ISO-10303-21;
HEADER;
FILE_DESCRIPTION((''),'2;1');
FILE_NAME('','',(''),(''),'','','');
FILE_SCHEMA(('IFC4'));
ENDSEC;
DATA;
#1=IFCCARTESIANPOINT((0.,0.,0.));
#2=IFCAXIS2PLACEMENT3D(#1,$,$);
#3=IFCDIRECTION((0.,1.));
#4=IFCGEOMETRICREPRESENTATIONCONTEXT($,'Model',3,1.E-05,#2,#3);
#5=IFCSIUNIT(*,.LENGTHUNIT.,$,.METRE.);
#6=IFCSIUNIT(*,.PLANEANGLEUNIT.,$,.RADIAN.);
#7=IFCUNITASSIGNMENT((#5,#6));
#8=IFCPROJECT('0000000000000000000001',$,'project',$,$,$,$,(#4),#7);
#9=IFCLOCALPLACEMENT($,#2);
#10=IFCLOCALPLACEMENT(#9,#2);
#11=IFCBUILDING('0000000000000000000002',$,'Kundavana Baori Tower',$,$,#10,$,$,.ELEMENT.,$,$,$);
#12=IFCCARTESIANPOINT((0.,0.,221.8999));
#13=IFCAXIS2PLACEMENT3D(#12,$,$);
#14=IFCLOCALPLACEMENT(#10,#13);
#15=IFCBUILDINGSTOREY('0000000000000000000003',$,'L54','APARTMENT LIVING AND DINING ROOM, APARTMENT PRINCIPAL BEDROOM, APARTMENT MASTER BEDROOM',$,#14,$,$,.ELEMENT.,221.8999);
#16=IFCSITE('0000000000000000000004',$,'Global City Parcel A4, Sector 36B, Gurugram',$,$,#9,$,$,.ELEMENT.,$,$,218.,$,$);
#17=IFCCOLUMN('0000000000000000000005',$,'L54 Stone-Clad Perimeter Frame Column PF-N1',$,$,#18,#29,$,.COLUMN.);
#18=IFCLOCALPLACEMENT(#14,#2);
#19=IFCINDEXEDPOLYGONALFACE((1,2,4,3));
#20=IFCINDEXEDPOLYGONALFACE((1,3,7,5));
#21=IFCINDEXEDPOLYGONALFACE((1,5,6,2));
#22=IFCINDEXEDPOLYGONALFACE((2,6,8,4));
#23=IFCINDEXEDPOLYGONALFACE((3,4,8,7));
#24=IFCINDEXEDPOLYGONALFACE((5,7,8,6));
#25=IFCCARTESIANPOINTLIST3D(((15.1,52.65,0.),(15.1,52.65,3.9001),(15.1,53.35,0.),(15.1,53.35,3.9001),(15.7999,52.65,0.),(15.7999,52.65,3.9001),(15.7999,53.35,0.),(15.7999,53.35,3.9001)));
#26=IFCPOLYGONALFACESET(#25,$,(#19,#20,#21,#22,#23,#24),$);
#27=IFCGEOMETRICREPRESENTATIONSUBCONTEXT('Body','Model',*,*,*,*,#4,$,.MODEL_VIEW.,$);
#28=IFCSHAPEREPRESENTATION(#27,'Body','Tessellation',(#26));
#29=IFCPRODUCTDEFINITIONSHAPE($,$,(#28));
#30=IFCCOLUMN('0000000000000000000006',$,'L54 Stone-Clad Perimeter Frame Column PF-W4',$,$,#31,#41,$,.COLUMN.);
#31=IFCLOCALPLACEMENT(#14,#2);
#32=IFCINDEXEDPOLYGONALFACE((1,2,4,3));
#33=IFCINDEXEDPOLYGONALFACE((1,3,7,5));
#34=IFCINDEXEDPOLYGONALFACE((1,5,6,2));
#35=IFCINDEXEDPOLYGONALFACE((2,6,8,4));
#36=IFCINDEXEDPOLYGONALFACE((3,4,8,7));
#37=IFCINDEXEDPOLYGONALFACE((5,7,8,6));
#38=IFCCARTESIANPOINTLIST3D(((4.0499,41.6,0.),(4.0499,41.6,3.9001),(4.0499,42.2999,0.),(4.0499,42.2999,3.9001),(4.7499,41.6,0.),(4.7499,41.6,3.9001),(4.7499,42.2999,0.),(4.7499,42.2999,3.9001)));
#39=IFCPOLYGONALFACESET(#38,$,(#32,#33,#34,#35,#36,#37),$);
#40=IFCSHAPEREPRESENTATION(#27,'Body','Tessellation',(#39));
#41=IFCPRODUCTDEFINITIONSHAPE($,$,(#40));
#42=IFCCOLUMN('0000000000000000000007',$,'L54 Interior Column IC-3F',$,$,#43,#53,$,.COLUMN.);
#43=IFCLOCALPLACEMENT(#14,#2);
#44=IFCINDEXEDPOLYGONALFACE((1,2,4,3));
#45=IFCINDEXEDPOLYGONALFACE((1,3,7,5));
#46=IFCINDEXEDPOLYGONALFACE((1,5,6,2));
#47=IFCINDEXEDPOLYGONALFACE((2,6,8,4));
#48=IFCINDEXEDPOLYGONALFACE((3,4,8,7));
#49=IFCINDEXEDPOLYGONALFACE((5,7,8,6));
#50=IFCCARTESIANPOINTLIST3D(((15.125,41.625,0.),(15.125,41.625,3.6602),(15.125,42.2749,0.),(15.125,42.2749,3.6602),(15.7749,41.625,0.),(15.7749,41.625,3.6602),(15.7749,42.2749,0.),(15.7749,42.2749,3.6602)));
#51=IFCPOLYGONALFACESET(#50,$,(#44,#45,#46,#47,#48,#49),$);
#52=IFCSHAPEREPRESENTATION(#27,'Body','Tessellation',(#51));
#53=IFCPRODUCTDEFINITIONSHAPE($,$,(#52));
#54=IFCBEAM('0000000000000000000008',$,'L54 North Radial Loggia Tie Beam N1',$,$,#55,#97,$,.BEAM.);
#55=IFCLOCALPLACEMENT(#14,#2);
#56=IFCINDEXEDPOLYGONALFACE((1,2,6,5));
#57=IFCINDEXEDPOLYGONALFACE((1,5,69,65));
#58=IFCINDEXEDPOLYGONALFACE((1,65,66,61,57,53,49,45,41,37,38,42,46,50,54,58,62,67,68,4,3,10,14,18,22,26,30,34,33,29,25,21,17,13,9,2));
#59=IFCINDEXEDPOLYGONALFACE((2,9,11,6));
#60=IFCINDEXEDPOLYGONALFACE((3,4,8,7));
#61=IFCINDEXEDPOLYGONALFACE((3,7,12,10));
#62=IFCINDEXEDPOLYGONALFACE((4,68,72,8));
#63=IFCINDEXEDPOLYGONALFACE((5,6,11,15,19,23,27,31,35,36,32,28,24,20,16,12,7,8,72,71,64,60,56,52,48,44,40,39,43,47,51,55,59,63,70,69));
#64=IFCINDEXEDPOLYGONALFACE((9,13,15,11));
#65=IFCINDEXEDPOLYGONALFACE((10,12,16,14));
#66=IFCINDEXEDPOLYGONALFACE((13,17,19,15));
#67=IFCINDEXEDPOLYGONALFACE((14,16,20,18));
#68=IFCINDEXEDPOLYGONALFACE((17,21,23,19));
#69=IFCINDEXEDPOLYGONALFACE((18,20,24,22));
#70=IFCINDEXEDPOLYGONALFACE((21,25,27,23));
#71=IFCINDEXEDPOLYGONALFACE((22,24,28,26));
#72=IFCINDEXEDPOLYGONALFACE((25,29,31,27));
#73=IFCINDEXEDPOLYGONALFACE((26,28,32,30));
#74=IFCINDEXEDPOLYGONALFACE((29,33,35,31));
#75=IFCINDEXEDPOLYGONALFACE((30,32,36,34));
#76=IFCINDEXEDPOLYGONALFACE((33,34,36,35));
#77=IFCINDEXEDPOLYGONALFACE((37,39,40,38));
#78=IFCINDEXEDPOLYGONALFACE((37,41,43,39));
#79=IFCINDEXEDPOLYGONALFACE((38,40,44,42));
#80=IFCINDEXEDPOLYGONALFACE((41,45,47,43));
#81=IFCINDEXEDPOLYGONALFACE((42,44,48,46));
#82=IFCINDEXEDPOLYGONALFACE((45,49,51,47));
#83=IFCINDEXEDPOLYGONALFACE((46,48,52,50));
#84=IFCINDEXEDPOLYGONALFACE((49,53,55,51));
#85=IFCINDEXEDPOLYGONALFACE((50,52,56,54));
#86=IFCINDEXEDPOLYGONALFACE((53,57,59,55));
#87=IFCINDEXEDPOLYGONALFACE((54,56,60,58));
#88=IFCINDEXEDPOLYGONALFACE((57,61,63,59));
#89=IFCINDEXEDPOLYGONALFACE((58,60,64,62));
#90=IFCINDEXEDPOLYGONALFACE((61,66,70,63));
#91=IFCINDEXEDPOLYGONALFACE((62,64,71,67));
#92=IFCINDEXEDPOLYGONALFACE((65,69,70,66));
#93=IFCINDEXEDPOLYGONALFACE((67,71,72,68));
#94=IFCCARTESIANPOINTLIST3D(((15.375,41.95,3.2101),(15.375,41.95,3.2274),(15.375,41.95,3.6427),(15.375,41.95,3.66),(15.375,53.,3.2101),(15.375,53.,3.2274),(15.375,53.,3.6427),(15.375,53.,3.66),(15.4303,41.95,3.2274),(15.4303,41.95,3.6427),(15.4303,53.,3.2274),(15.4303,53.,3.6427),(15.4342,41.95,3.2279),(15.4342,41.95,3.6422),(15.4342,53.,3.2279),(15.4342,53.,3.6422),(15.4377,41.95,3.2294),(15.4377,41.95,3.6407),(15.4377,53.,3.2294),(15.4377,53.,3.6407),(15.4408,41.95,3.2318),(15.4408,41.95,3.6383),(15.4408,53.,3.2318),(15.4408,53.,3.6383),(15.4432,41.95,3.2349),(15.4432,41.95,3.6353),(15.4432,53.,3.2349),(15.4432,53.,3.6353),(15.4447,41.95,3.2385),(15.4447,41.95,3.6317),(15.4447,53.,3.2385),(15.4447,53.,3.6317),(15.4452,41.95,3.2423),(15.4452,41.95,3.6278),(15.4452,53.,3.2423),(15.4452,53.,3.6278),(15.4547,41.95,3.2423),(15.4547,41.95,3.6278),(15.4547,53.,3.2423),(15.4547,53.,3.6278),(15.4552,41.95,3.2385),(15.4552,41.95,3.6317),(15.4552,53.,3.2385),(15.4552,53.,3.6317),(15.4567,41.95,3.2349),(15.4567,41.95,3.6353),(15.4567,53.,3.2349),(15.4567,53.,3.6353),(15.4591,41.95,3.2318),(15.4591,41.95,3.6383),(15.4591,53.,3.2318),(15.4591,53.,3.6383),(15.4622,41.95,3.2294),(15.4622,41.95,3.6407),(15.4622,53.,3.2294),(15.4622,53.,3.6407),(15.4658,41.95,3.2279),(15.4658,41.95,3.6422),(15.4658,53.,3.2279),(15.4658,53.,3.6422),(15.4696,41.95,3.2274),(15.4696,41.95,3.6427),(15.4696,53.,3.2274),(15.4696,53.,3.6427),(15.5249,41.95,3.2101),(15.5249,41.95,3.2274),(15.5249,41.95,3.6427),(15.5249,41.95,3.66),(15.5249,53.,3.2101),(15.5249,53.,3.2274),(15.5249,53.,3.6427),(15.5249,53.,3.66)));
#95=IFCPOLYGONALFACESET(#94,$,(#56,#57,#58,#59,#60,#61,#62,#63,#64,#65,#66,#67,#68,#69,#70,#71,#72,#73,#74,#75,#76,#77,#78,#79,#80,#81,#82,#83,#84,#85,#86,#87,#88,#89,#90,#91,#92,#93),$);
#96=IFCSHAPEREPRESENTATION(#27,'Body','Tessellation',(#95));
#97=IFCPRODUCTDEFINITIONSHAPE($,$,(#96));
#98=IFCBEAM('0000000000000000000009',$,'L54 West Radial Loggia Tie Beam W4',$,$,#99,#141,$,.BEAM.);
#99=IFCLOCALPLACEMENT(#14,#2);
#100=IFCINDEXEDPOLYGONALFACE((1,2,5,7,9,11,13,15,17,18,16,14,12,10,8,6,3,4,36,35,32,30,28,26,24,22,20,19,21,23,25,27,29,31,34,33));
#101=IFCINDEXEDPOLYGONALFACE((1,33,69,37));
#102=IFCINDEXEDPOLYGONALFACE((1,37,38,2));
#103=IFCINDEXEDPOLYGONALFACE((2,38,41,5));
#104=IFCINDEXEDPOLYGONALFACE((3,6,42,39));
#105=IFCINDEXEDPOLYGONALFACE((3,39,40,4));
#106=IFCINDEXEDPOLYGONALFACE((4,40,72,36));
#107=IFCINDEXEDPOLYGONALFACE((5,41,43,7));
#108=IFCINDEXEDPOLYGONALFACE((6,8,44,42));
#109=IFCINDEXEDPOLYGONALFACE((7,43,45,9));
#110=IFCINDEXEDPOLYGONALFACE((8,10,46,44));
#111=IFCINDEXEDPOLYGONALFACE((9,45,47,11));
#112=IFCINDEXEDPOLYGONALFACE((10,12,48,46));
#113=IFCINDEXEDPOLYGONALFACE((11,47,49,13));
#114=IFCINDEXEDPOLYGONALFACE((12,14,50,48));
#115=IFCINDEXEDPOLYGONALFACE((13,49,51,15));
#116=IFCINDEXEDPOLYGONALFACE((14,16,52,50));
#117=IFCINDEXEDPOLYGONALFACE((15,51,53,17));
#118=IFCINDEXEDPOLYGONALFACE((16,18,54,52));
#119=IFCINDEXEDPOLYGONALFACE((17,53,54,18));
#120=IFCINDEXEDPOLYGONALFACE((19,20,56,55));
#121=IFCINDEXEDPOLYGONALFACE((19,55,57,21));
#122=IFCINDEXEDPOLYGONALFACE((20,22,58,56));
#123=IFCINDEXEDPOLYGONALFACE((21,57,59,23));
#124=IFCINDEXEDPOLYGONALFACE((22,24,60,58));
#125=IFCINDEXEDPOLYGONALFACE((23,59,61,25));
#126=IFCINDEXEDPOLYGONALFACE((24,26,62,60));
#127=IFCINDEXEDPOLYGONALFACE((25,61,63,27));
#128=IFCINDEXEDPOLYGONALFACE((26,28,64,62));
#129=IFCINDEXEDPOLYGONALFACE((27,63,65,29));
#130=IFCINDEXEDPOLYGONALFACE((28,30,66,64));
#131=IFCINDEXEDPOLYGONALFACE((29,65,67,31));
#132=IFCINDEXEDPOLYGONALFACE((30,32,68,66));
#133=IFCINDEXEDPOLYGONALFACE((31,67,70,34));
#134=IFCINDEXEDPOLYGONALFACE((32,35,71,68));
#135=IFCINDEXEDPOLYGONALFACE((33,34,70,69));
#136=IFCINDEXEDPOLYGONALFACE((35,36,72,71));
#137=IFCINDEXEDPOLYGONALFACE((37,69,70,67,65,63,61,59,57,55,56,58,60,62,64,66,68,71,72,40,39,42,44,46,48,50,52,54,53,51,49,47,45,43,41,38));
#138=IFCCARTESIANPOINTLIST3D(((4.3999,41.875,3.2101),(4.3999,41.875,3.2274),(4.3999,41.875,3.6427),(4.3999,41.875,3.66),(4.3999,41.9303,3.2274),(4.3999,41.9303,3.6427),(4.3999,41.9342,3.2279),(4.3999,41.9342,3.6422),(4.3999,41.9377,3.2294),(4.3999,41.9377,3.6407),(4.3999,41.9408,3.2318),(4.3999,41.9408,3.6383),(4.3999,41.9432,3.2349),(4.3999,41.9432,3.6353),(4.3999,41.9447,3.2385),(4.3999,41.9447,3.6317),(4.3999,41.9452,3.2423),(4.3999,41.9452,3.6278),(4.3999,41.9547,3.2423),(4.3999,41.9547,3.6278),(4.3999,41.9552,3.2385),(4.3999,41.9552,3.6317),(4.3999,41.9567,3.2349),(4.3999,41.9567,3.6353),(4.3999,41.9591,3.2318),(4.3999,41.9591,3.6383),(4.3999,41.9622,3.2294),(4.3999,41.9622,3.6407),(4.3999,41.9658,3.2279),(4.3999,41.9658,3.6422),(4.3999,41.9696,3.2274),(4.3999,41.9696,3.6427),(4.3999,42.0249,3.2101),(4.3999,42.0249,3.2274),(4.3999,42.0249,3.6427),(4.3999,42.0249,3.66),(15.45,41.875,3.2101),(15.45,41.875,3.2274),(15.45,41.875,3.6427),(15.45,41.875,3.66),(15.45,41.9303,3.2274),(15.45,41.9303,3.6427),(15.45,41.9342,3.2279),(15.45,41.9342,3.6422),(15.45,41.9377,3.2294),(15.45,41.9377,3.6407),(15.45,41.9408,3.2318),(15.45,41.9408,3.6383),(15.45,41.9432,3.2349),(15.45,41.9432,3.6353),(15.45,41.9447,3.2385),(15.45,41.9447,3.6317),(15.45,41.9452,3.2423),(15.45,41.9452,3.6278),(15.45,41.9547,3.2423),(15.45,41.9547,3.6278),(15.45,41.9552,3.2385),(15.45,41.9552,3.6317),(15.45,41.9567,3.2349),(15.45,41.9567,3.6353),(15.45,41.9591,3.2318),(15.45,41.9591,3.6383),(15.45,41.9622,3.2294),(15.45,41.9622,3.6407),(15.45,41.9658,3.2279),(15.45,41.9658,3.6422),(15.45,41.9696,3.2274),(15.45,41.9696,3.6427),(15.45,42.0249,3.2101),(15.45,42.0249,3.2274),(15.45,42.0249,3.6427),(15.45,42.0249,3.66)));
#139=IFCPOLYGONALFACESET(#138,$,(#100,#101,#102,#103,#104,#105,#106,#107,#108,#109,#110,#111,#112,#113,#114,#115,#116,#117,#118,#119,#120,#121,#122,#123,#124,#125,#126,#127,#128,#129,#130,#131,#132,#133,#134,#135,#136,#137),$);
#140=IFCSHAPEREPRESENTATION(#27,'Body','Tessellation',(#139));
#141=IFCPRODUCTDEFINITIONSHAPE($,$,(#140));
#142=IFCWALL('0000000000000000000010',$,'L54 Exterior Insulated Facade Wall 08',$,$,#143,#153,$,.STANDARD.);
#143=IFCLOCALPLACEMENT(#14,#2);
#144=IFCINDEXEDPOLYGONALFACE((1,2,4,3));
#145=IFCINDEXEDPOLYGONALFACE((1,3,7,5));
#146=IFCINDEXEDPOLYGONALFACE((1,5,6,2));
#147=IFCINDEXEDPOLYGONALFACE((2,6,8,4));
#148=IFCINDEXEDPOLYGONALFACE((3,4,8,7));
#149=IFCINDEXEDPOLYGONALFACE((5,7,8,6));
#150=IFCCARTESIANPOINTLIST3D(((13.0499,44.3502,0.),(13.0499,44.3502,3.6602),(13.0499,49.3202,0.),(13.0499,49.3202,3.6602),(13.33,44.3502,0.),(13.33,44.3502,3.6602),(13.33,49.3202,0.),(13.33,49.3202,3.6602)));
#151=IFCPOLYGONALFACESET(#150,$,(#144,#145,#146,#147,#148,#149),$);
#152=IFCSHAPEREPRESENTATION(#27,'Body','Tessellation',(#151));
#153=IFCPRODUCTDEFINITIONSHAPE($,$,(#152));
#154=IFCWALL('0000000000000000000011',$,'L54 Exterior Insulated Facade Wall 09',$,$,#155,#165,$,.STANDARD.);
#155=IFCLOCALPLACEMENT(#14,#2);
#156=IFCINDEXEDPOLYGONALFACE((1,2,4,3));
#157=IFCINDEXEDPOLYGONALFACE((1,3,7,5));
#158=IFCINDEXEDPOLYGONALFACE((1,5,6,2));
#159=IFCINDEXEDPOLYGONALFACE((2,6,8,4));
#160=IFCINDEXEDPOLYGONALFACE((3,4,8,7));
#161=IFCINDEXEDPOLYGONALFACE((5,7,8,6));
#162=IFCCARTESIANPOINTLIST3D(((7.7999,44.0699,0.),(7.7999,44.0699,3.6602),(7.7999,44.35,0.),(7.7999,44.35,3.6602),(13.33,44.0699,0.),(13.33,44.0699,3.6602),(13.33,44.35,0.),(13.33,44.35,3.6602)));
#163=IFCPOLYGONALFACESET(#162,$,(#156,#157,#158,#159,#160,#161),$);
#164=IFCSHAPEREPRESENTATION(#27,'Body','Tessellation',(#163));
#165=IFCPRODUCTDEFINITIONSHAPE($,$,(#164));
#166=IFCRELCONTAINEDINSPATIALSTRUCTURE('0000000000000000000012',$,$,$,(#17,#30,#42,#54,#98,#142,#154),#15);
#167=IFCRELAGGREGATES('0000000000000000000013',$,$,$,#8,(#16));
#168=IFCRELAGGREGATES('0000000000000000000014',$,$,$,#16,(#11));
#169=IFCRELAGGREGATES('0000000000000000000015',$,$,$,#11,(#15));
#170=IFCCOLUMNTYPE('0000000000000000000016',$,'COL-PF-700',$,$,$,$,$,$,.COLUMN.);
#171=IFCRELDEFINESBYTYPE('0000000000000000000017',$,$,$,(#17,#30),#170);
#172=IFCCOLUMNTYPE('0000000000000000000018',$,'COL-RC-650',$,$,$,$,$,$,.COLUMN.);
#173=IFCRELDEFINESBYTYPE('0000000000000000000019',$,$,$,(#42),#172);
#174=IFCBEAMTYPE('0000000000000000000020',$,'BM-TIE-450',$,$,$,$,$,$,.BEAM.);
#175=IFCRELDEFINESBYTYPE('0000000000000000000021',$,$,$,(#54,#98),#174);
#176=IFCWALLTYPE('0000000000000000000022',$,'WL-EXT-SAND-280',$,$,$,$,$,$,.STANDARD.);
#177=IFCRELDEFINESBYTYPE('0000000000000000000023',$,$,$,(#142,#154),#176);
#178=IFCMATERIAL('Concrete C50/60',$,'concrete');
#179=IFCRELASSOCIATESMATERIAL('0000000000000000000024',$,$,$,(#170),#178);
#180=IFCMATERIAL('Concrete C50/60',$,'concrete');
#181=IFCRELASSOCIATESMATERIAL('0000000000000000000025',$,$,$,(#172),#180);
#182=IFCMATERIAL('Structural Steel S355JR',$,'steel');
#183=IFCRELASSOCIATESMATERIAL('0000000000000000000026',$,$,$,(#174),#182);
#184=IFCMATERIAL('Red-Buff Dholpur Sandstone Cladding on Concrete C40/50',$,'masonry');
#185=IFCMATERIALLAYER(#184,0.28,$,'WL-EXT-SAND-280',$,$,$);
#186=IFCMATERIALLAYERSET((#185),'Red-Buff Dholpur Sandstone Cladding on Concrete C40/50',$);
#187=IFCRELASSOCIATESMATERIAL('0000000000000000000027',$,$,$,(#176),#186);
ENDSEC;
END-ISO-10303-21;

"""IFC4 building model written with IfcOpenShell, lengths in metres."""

from ifc_helpers import new_model, si_unit, direction, frame, frame_2d, origin, origin_2d, place, context, subcontext, project, spatial, rectangle, i_section, extrude, material, layer, layer_set, material_profile, profile_set, type_object, element, save


model = new_model("IFC4")

# Units and contexts
model_context = context("Model", 3, precision=1e-05, world=origin(), true_north=direction((0.0, 1.0)))
body_context = subcontext(model_context, "Body", "Model", "MODEL_VIEW")
ifc_project = project(units=[si_unit("LENGTHUNIT", "METRE"), si_unit("PLANEANGLEUNIT", "RADIAN")], contexts=[model_context])

# Site, building, storey
site_placement = place(None, origin())
site = spatial("IfcSite", under=ifc_project, at=site_placement, Name="Global City Parcel A4, Sector 36B, Gurugram", CompositionType="ELEMENT", RefElevation=218.0)
building_placement = place(site_placement, origin())
building = spatial("IfcBuilding", under=site, at=building_placement, Name="Kundavana Baori Tower", CompositionType="ELEMENT")
storey_placement = place(building_placement, frame((0.0, 0.0, 221.8999)))
storey = spatial("IfcBuildingStorey", under=building, at=storey_placement, Name="L54", Description="APARTMENT LIVING AND DINING ROOM, APARTMENT PRINCIPAL BEDROOM, APARTMENT MASTER BEDROOM", CompositionType="ELEMENT", Elevation=221.8999)

# Columns
ifc_material_1 = material(Name="Concrete C50/60", Category="concrete")
ifc_material_profile_1 = material_profile(ifc_material_1, rectangle(XDim=0.7, YDim=0.7, at=origin_2d()), Name="RC PF 700x700")
ifc_profile_set_1 = profile_set([ifc_material_profile_1], Name="Concrete C50/60")
column_type_1 = type_object("IfcColumnType", Name="COL-PF-700", PredefinedType="COLUMN", material=ifc_profile_set_1)
for number, where, z_axis, x_axis, name in (
    (1, (15.45, 53.0, 0.0), (0.0, 0.0, 1.0), (1.0, 0.0, 0.0), "L54 Stone-Clad Perimeter Frame Column PF-N1"),
    (2, (4.3999, 41.95, 0.0), (0.0, 0.0, 1.0), (1.0, 0.0, 0.0), "L54 Stone-Clad Perimeter Frame Column PF-W4"),
):
    element("IfcColumn", number, at=place(storey_placement, frame(where, z_axis=z_axis, x_axis=x_axis)), inside=storey, type_object=column_type_1, Name=name, PredefinedType="COLUMN", context=body_context, shape_type="SweptSolid", body=[
        extrude(rectangle(XDim=0.7, YDim=0.7, at=origin_2d()), origin(), (0.0, 0.0, 1.0), 3.9001),
    ])
ifc_material_2 = material(Name="Concrete C50/60", Category="concrete")
ifc_material_profile_2 = material_profile(ifc_material_2, rectangle(XDim=0.6499, YDim=0.6499, at=origin_2d()), Name="RC 650x650")
ifc_profile_set_2 = profile_set([ifc_material_profile_2], Name="Concrete C50/60")
column_type_2 = type_object("IfcColumnType", Name="COL-RC-650", PredefinedType="COLUMN", material=ifc_profile_set_2)
column_placement = place(storey_placement, frame((15.45, 41.95, 0.0), z_axis=(0.0, 0.0, 1.0), x_axis=(1.0, 0.0, 0.0)))
element("IfcColumn", 3, at=column_placement, inside=storey, type_object=column_type_2, Name="L54 Interior Column IC-3F", PredefinedType="COLUMN", context=body_context, shape_type="SweptSolid", body=[
    extrude(rectangle(XDim=0.6499, YDim=0.6499, at=origin_2d()), origin(), (0.0, 0.0, 1.0), 3.6602),
])

# Beams
ifc_material_3 = material(Name="Structural Steel S355JR", Category="steel")
ifc_material_profile_3 = material_profile(ifc_material_3, i_section(OverallWidth=0.1499, OverallDepth=0.45, WebThickness=0.0095, FlangeThickness=0.0173, FilletRadius=0.0149, at=origin_2d()), Name="ISMB 450")
ifc_profile_set_3 = profile_set([ifc_material_profile_3], Name="Structural Steel S355JR")
beam_type = type_object("IfcBeamType", Name="BM-TIE-450", PredefinedType="BEAM", material=ifc_profile_set_3)
for number, where, z_axis, x_axis, name in (
    (4, (15.45, 41.95, 3.4351), (0.0, 1.0, 0.0), (-1.0, 0.0, 0.0), "L54 North Radial Loggia Tie Beam N1"),
    (5, (15.45, 41.95, 3.4351), (-1.0, 0.0, 0.0), (0.0, -1.0, 0.0), "L54 West Radial Loggia Tie Beam W4"),
):
    element("IfcBeam", number, at=place(storey_placement, frame(where, z_axis=z_axis, x_axis=x_axis)), inside=storey, type_object=beam_type, Name=name, PredefinedType="BEAM", context=body_context, shape_type="SweptSolid", body=[
        extrude(i_section(OverallWidth=0.1499, OverallDepth=0.45, WebThickness=0.0095, FlangeThickness=0.0173, FilletRadius=0.0149, at=origin_2d()), origin(), (0.0, 0.0, 1.0), 11.05),
    ])

# Walls
ifc_material_4 = material(Name="Red-Buff Dholpur Sandstone Cladding on Concrete C40/50", Category="masonry")
ifc_layer_1 = layer(ifc_material_4, 0.28, Name="WL-EXT-SAND-280")
ifc_layer_set_1 = layer_set([ifc_layer_1], Name="Red-Buff Dholpur Sandstone Cladding on Concrete C40/50")
wall_type_1 = type_object("IfcWallType", Name="WL-EXT-SAND-280", PredefinedType="STANDARD", material=ifc_layer_set_1)
wall_1_placement = place(storey_placement, frame((13.1899, 49.3201, 0.0), z_axis=(0.0, 0.0, 1.0), x_axis=(0.0, -1.0, 0.0)))
element("IfcWall", 6, at=wall_1_placement, inside=storey, type_object=wall_type_1, Name="L54 Exterior Insulated Facade Wall 08", PredefinedType="STANDARD", context=body_context, shape_type="SweptSolid", body=[
    extrude(rectangle(XDim=4.97, YDim=0.28, at=frame_2d((2.4849, 0.0))), origin(), (0.0, 0.0, 1.0), 3.6602),
])
wall_2_placement = place(storey_placement, frame((13.3301, 44.21, 0.0), z_axis=(0.0, 0.0, 1.0), x_axis=(-1.0, 0.0, 0.0)))
element("IfcWall", 7, at=wall_2_placement, inside=storey, type_object=wall_type_1, Name="L54 Exterior Insulated Facade Wall 09", PredefinedType="STANDARD", context=body_context, shape_type="SweptSolid", body=[
    extrude(rectangle(XDim=5.53, YDim=0.28, at=frame_2d((2.7651, 0.0))), origin(), (0.0, 0.0, 1.0), 3.6602),
])

save(model, "model.ifc")
